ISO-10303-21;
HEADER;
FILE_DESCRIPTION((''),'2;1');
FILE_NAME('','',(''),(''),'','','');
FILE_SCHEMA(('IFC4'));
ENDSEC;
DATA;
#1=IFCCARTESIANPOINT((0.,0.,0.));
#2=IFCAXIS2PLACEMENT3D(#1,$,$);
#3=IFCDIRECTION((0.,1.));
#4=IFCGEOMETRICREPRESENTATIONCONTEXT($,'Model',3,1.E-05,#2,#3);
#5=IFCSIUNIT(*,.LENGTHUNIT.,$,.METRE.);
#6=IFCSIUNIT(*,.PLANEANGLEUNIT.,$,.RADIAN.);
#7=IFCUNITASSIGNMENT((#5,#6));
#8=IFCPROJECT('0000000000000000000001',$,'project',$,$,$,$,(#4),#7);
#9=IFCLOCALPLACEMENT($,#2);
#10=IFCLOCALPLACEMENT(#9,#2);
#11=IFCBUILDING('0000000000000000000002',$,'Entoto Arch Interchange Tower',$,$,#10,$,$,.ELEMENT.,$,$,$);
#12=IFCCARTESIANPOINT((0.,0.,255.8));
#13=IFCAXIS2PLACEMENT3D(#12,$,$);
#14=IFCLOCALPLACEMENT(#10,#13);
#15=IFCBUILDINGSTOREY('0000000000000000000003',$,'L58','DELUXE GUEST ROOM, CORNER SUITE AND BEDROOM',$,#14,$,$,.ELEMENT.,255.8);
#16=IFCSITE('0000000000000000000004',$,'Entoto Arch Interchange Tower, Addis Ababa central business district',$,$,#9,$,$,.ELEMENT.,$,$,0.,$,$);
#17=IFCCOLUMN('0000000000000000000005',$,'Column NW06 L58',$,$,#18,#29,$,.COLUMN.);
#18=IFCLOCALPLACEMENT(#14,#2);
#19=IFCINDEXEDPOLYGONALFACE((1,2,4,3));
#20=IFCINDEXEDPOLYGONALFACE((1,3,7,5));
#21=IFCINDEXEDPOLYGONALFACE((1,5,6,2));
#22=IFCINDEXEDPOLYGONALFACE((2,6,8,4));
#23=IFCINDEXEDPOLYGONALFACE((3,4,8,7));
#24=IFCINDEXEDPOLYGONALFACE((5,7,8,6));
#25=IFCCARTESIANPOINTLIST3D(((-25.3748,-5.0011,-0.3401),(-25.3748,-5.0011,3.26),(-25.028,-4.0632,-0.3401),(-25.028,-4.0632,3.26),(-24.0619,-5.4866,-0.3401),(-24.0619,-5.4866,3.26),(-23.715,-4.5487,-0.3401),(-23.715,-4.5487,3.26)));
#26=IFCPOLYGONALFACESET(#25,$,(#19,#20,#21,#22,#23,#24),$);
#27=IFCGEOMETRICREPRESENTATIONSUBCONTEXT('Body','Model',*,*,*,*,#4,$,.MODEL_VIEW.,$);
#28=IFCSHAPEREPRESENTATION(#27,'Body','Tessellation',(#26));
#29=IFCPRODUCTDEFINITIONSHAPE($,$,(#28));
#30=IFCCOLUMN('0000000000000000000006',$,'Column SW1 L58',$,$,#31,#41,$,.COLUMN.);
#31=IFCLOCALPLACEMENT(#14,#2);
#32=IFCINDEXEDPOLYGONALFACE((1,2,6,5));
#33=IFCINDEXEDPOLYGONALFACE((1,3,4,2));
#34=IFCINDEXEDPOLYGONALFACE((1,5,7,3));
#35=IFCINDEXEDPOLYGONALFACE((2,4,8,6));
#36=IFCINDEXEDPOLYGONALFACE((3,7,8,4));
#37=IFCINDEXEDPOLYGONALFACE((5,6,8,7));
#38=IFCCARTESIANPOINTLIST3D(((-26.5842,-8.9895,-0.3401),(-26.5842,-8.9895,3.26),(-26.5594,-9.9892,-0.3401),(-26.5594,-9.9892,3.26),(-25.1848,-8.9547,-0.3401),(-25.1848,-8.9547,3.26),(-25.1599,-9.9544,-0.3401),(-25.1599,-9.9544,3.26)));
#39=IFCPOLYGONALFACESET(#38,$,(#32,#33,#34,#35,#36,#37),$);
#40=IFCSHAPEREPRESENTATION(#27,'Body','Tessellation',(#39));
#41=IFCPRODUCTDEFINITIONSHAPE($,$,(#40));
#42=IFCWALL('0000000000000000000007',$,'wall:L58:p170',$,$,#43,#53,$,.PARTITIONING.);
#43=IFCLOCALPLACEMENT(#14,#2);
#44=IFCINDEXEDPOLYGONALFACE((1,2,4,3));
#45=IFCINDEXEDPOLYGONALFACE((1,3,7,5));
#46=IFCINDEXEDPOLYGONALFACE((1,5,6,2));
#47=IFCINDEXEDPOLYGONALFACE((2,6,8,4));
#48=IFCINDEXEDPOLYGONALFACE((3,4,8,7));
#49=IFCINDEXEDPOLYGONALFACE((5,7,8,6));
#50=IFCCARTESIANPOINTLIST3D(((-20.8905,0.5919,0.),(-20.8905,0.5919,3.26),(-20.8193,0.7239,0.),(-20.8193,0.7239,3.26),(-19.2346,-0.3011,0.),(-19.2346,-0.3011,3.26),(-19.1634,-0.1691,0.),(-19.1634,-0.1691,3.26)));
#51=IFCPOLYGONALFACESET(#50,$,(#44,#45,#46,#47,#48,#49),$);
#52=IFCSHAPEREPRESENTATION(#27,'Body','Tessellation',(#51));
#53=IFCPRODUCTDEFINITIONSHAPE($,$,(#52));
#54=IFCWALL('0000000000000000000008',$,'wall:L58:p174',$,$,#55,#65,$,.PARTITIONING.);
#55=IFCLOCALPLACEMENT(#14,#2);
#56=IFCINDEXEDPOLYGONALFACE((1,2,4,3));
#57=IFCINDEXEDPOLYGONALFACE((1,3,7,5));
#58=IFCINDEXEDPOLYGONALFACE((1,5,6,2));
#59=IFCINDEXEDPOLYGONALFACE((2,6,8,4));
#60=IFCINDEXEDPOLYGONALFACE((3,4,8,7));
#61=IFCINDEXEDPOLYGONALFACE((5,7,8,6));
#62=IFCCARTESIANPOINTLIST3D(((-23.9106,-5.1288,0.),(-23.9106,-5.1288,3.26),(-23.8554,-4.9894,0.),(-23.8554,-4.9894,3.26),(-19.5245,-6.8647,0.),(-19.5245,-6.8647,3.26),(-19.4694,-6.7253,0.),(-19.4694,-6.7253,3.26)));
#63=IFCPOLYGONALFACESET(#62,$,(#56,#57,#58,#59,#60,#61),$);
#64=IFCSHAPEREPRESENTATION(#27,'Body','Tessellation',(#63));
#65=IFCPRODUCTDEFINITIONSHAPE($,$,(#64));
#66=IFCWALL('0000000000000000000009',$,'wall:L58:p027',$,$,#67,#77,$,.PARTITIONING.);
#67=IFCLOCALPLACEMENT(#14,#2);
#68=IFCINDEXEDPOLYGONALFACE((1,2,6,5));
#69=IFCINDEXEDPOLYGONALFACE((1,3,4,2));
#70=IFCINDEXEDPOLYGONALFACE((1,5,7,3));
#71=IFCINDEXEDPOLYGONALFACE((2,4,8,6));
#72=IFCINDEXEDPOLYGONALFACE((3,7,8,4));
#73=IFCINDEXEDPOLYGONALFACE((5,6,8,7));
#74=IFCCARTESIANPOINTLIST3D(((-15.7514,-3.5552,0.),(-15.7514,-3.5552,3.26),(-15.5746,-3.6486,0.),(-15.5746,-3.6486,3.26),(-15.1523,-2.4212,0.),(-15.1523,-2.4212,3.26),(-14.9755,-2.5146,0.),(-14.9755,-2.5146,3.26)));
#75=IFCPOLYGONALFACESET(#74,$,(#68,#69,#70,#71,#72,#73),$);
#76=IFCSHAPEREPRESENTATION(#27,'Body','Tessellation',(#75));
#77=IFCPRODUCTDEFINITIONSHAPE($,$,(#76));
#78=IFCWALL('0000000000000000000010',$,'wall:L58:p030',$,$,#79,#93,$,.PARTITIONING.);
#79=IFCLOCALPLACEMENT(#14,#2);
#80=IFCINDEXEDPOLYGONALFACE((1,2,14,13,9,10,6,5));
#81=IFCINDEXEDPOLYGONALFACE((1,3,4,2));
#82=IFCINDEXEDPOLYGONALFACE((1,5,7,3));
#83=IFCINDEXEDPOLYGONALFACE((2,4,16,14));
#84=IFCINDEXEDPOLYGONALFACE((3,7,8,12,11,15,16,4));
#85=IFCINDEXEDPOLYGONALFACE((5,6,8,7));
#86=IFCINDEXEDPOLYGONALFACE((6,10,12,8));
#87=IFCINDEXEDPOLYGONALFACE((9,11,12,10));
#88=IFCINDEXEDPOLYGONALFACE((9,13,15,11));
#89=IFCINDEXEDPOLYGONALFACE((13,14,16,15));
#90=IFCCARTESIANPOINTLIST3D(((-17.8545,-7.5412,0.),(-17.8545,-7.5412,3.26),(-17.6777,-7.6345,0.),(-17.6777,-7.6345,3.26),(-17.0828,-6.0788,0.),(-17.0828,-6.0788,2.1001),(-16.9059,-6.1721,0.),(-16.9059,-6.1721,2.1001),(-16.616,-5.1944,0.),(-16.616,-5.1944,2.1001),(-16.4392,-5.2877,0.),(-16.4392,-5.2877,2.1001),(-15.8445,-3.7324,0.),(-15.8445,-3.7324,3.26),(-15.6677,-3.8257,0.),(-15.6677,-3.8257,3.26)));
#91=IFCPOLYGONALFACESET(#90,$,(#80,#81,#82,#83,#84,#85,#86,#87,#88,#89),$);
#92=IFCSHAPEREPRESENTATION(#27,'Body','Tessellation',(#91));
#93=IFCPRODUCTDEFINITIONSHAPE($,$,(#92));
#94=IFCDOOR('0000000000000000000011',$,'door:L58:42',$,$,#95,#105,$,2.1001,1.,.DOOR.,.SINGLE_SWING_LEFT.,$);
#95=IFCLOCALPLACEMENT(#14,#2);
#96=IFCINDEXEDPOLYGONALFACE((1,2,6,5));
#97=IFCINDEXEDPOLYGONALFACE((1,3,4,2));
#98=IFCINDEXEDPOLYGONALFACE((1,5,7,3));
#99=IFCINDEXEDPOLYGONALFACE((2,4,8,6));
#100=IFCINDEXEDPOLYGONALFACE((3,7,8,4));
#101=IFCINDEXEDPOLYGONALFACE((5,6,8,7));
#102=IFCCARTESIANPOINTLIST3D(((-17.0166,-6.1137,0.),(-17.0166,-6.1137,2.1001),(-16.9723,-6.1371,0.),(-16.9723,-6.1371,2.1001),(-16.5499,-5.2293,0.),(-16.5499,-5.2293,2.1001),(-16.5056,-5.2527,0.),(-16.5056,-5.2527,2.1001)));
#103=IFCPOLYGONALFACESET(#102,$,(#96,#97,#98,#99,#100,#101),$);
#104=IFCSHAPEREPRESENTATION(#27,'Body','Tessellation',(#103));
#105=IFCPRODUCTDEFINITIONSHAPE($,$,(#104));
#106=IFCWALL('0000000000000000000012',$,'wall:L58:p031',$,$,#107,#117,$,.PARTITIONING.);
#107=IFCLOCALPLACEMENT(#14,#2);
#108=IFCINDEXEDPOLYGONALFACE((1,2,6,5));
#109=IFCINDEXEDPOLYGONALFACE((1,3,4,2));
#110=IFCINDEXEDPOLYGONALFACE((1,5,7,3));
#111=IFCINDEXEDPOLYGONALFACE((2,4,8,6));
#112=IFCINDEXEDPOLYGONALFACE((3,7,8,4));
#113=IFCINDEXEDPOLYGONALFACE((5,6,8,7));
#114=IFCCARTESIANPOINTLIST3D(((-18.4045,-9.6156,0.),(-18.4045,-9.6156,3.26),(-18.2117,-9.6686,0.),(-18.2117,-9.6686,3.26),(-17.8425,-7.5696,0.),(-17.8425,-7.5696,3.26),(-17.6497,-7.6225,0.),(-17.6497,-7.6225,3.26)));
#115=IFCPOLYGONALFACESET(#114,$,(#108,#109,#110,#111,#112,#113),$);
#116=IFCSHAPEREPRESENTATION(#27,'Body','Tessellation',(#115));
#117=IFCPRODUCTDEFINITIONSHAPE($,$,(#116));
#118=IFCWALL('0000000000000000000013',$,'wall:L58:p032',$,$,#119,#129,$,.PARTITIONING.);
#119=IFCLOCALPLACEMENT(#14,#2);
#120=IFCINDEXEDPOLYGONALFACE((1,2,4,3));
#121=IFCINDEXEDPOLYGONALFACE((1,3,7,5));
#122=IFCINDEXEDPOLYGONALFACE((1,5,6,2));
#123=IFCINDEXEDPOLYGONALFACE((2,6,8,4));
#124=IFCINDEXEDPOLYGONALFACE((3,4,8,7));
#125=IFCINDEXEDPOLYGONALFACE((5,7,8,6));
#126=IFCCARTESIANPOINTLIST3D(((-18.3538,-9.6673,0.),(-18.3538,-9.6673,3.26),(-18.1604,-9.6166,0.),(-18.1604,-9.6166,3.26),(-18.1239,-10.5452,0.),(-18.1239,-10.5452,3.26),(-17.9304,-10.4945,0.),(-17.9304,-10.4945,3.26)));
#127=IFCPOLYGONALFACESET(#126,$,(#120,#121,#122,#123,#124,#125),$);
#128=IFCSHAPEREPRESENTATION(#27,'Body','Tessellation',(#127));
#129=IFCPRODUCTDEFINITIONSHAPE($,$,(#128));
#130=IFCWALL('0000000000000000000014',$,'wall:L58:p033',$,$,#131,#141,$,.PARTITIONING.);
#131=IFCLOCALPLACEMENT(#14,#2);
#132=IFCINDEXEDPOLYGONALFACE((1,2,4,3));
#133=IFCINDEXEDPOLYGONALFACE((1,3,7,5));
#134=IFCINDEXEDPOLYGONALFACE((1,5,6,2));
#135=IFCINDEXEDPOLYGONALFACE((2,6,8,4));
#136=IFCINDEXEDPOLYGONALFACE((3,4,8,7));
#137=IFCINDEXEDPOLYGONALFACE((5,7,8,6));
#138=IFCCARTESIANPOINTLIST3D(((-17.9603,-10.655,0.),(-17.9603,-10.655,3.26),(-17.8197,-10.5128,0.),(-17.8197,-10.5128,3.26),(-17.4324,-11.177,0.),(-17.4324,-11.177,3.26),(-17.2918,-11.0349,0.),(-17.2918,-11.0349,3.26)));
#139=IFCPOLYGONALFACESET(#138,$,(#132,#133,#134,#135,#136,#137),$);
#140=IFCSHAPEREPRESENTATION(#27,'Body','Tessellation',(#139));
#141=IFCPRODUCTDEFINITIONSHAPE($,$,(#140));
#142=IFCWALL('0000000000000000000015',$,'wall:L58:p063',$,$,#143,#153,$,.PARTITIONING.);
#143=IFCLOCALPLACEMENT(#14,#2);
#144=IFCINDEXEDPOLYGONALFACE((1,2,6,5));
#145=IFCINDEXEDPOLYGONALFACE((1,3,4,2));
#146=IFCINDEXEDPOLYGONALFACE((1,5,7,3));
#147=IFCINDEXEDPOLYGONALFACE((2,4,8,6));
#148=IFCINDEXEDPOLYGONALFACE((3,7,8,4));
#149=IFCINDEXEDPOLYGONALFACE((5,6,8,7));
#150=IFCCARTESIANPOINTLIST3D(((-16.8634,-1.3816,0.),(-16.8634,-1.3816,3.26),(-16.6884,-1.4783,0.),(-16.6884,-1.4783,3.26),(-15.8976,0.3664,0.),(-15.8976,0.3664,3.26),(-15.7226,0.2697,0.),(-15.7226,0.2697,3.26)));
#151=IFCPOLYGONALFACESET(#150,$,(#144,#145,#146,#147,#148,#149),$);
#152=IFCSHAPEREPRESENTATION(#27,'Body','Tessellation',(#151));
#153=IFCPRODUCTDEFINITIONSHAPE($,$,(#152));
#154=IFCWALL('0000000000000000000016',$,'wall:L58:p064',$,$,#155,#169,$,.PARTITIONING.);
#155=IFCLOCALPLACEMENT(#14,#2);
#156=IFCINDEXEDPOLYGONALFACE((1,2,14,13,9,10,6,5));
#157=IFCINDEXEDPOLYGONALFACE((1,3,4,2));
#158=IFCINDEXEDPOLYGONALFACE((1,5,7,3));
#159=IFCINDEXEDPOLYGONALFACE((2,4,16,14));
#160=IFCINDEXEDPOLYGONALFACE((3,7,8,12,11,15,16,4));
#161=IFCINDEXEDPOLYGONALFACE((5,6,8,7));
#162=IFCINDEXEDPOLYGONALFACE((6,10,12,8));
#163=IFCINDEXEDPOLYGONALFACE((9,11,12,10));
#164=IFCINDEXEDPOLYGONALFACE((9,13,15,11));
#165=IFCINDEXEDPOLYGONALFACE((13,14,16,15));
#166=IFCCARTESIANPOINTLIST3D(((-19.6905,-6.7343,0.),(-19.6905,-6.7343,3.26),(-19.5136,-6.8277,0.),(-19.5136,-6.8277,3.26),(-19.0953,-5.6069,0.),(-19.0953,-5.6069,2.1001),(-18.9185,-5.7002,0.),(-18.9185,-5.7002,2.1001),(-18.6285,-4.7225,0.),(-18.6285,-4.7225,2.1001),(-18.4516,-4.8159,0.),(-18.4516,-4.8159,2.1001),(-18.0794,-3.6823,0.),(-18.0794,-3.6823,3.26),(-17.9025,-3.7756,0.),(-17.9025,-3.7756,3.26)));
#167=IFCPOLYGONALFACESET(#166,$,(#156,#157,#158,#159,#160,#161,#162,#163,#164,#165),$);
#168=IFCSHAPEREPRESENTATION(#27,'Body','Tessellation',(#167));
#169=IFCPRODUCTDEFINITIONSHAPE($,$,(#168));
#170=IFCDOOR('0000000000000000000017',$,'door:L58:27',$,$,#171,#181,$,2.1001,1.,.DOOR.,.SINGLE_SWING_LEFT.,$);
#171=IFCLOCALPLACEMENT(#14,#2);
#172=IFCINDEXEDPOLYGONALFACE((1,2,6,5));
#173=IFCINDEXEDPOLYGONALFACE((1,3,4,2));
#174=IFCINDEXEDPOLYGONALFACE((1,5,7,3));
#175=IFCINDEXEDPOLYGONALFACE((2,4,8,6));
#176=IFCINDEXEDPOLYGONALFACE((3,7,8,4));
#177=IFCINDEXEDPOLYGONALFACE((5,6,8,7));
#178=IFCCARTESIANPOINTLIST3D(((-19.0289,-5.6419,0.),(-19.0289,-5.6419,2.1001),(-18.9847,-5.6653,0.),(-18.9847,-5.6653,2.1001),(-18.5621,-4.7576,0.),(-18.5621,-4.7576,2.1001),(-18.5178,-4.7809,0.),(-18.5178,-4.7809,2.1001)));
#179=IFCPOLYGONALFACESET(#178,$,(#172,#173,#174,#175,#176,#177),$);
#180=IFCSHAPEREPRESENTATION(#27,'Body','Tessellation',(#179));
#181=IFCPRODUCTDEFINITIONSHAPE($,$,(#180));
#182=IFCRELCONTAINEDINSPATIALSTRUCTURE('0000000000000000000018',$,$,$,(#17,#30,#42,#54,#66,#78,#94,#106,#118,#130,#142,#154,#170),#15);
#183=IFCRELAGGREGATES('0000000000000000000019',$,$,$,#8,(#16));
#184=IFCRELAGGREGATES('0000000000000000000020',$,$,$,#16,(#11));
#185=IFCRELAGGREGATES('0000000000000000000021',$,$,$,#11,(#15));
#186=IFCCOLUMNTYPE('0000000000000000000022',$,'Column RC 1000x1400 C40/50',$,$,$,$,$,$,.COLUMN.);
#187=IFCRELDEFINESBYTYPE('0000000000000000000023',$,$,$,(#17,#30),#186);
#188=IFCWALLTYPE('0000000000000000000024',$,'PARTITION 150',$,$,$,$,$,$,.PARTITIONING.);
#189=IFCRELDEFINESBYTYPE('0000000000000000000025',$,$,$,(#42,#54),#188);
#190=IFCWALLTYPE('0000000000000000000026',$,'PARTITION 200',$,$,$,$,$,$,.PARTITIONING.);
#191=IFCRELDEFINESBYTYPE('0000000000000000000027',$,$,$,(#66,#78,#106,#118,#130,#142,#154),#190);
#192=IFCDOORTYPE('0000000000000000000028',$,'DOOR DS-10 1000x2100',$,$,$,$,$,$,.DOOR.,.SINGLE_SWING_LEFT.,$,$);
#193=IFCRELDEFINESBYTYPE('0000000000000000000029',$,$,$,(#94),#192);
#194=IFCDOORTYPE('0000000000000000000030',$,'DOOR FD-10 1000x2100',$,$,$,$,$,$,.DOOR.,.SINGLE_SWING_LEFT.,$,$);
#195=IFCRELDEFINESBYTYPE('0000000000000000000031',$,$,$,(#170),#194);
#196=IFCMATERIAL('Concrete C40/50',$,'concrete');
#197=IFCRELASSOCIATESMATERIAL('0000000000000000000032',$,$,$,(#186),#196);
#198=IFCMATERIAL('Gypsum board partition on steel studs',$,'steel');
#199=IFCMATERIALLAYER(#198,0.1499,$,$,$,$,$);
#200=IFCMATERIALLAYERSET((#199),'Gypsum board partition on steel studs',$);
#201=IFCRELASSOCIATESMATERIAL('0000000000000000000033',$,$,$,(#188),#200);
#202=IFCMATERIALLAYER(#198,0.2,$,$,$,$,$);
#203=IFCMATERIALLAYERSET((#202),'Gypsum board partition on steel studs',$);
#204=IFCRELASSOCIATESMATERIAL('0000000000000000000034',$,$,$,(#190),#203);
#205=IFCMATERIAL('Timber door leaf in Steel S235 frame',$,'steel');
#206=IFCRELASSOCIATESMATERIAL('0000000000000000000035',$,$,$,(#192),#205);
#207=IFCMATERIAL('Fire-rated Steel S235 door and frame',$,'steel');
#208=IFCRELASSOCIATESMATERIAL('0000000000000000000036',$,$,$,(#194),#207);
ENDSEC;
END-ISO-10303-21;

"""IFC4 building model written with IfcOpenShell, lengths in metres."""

from ifc_helpers import new_model, si_unit, direction, frame, frame_2d, origin, origin_2d, place, context, subcontext, project, spatial, rectangle, extrude, material, layer, layer_set, material_profile, profile_set, type_object, element, fill, save


model = new_model("IFC4")

# Units and contexts
model_context = context("Model", 3, precision=1e-05, world=origin(), true_north=direction((0.0, 1.0)))
body_context = subcontext(model_context, "Body", "Model", "MODEL_VIEW")
ifc_project = project(units=[si_unit("LENGTHUNIT", "METRE"), si_unit("PLANEANGLEUNIT", "RADIAN")], contexts=[model_context])

# Site, building, storey
site_placement = place(None, origin())
site = spatial("IfcSite", under=ifc_project, at=site_placement, Name="Entoto Arch Interchange Tower, Addis Ababa central business district", CompositionType="ELEMENT", RefElevation=0.0)
building_placement = place(site_placement, origin())
building = spatial("IfcBuilding", under=site, at=building_placement, Name="Entoto Arch Interchange Tower", CompositionType="ELEMENT")
storey_placement = place(building_placement, frame((0.0, 0.0, 255.8)))
storey = spatial("IfcBuildingStorey", under=building, at=storey_placement, Name="L58", Description="DELUXE GUEST ROOM, CORNER SUITE AND BEDROOM", CompositionType="ELEMENT", Elevation=255.8)

# Columns
ifc_material_1 = material(Name="Concrete C40/50", Category="concrete")
ifc_material_profile = material_profile(ifc_material_1, rectangle(XDim=1.0, YDim=1.3999, at=origin_2d()))
ifc_profile_set = profile_set([ifc_material_profile], Name="Concrete C40/50")
column_type = type_object("IfcColumnType", Name="Column RC 1000x1400 C40/50", PredefinedType="COLUMN", material=ifc_profile_set)
for number, where, z_axis, x_axis, name in (
    (1, (-24.5449, -4.7749, -0.3401), (0.0, 0.0, 1.0), (0.346854, 0.937919, 0.0), "Column NW06 L58"),
    (2, (-25.8721, -9.4719, -0.3401), (0.0, 0.0, 1.0), (-0.024833, 0.999692, 0.0), "Column SW1 L58"),
):
    element("IfcColumn", number, at=place(storey_placement, frame(where, z_axis=z_axis, x_axis=x_axis)), inside=storey, type_object=column_type, Name=name, PredefinedType="COLUMN", context=body_context, shape_type="SweptSolid", body=[
        extrude(rectangle(XDim=1.0, YDim=1.3999, at=origin_2d()), origin(), (0.0, 0.0, 1.0), 3.6001),
    ])

# Walls
ifc_material_2 = material(Name="Gypsum board partition on steel studs", Category="steel")
ifc_layer_1 = layer(ifc_material_2, 0.1499)
ifc_layer_set_1 = layer_set([ifc_layer_1], Name="Gypsum board partition on steel studs")
wall_type_1 = type_object("IfcWallType", Name="PARTITION 150", PredefinedType="PARTITIONING", material=ifc_layer_set_1)
wall_1_placement = place(storey_placement, frame((-19.199, -0.2351, 0.0), z_axis=(0.0, 0.0, 1.0), x_axis=(-0.880167, 0.474665, 0.0)))
element("IfcWall", 3, at=wall_1_placement, inside=storey, type_object=wall_type_1, Name="wall:L58:p170", PredefinedType="PARTITIONING", context=body_context, shape_type="SweptSolid", body=[
    extrude(rectangle(XDim=1.8813, YDim=0.1499, at=frame_2d((0.9407, 0.0))), origin(), (0.0, 0.0, 1.0), 3.26),
])
wall_2_placement = place(storey_placement, frame((-19.4971, -6.7949, 0.0), z_axis=(0.0, 0.0, 1.0), x_axis=(-0.929827, 0.367997, 0.0)))
element("IfcWall", 4, at=wall_2_placement, inside=storey, type_object=wall_type_1, Name="wall:L58:p174", PredefinedType="PARTITIONING", context=body_context, shape_type="SweptSolid", body=[
    extrude(rectangle(XDim=4.717, YDim=0.1499, at=frame_2d((2.3584, 0.0))), origin(), (0.0, 0.0, 1.0), 3.26),
])
ifc_layer_2 = layer(ifc_material_2, 0.2)
ifc_layer_set_2 = layer_set([ifc_layer_2], Name="Gypsum board partition on steel studs")
wall_type_2 = type_object("IfcWallType", Name="PARTITION 200", PredefinedType="PARTITIONING", material=ifc_layer_set_2)
wall_3_placement = place(storey_placement, frame((-15.064, -2.468, 0.0), z_axis=(0.0, 0.0, 1.0), x_axis=(-0.467127, -0.88419, 0.0)))
element("IfcWall", 5, at=wall_3_placement, inside=storey, type_object=wall_type_2, Name="wall:L58:p027", PredefinedType="PARTITIONING", context=body_context, shape_type="SweptSolid", body=[
    extrude(rectangle(XDim=1.2825, YDim=0.2, at=frame_2d((0.6411, 0.0))), origin(), (0.0, 0.0, 1.0), 3.26),
])

# Wall, opening, door
wall_4_placement = place(storey_placement, frame((-15.7561, -3.7791, 0.0), z_axis=(0.0, 0.0, 1.0), x_axis=(-0.46672, -0.884405, 0.0)))
wall_4 = element("IfcWall", 6, at=wall_4_placement, inside=storey, type_object=wall_type_2, Name="wall:L58:p030", PredefinedType="PARTITIONING", context=body_context, shape_type="SweptSolid", body=[
    extrude(rectangle(XDim=4.3066, YDim=0.2, at=frame_2d((2.1533, 0.0))), origin(), (0.0, 0.0, 1.0), 3.26),
])
opening_1_placement = place(wall_4_placement, frame((1.6531, 0.0, 0.0)))
opening_1 = element("IfcOpeningElement", 7, at=opening_1_placement, cuts=wall_4, PredefinedType="OPENING", context=body_context, shape_type="SweptSolid", body=[
    extrude(rectangle(XDim=1.0, YDim=2.1001, at=frame_2d((0.5, 1.05))), frame((0.0, 0.1099, 0.0), z_axis=(0.0, -1.0, 0.0), x_axis=(1.0, 0.0, 0.0)), (0.0, 0.0, 1.0), 0.22),
])
ifc_material_3 = material(Name="Timber door leaf in Steel S235 frame", Category="steel")
door_type_1 = type_object("IfcDoorType", Name="DOOR DS-10 1000x2100", OperationType="SINGLE_SWING_LEFT", PredefinedType="DOOR", material=ifc_material_3)
door_1_placement = place(opening_1_placement, origin())
door_1 = element("IfcDoor", 8, at=door_1_placement, inside=storey, type_object=door_type_1, Name="door:L58:42", OperationType="SINGLE_SWING_LEFT", OverallHeight=2.1001, OverallWidth=1.0, PredefinedType="DOOR", context=body_context, shape_type="SweptSolid", body=[
    extrude(rectangle(XDim=1.0, YDim=2.1001, at=frame_2d((0.5, 1.05))), frame((0.0, 0.0249, 0.0), z_axis=(0.0, -1.0, 0.0), x_axis=(1.0, 0.0, 0.0)), (0.0, 0.0, 1.0), 0.05),
])
fill(opening_1, door_1)

# Walls
wall_5_placement = place(storey_placement, frame((-17.7461, -7.5959, 0.0), z_axis=(0.0, 0.0, 1.0), x_axis=(-0.26486, -0.964287, 0.0)))
element("IfcWall", 9, at=wall_5_placement, inside=storey, type_object=wall_type_2, Name="wall:L58:p031", PredefinedType="PARTITIONING", context=body_context, shape_type="SweptSolid", body=[
    extrude(rectangle(XDim=2.1218, YDim=0.2, at=frame_2d((1.061, 0.0))), origin(), (0.0, 0.0, 1.0), 3.26),
])
wall_6_placement = place(storey_placement, frame((-18.2571, -9.6421, 0.0), z_axis=(0.0, 0.0, 1.0), x_axis=(0.253407, -0.96736, 0.0)))
element("IfcWall", 10, at=wall_6_placement, inside=storey, type_object=wall_type_2, Name="wall:L58:p032", PredefinedType="PARTITIONING", context=body_context, shape_type="SweptSolid", body=[
    extrude(rectangle(XDim=0.9075, YDim=0.2, at=frame_2d((0.4536, 0.0))), origin(), (0.0, 0.0, 1.0), 3.26),
])
wall_7_placement = place(storey_placement, frame((-17.8899, -10.584, 0.0), z_axis=(0.0, 0.0, 1.0), x_axis=(0.711042, -0.703149, 0.0)))
element("IfcWall", 11, at=wall_7_placement, inside=storey, type_object=wall_type_2, Name="wall:L58:p033", PredefinedType="PARTITIONING", context=body_context, shape_type="SweptSolid", body=[
    extrude(rectangle(XDim=0.7424, YDim=0.2, at=frame_2d((0.3711, 0.0))), origin(), (0.0, 0.0, 1.0), 3.26),
])
wall_8_placement = place(storey_placement, frame((-16.7759, -1.4299, 0.0), z_axis=(0.0, 0.0, 1.0), x_axis=(0.483607, 0.875285, 0.0)))
element("IfcWall", 12, at=wall_8_placement, inside=storey, type_object=wall_type_2, Name="wall:L58:p063", PredefinedType="PARTITIONING", context=body_context, shape_type="SweptSolid", body=[
    extrude(rectangle(XDim=1.9971, YDim=0.2, at=frame_2d((0.9985, 0.0))), origin(), (0.0, 0.0, 1.0), 3.26),
])

# Wall, opening, door
wall_9_placement = place(storey_placement, frame((-19.6021, -6.781, 0.0), z_axis=(0.0, 0.0, 1.0), x_axis=(0.466828, 0.884348, 0.0)))
wall_9 = element("IfcWall", 13, at=wall_9_placement, inside=storey, type_object=wall_type_2, Name="wall:L58:p064", PredefinedType="PARTITIONING", context=body_context, shape_type="SweptSolid", body=[
    extrude(rectangle(XDim=3.4512, YDim=0.2, at=frame_2d((1.7256, 0.0))), origin(), (0.0, 0.0, 1.0), 3.26),
])
opening_2_placement = place(wall_9_placement, frame((1.2749, 0.0, 0.0)))
opening_2 = element("IfcOpeningElement", 14, at=opening_2_placement, cuts=wall_9, PredefinedType="OPENING", context=body_context, shape_type="SweptSolid", body=[
    extrude(rectangle(XDim=1.0, YDim=2.1001, at=frame_2d((0.5, 1.05))), frame((0.0, 0.1099, 0.0), z_axis=(0.0, -1.0, 0.0), x_axis=(1.0, 0.0, 0.0)), (0.0, 0.0, 1.0), 0.22),
])
ifc_material_4 = material(Name="Fire-rated Steel S235 door and frame", Category="steel")
door_type_2 = type_object("IfcDoorType", Name="DOOR FD-10 1000x2100", OperationType="SINGLE_SWING_LEFT", PredefinedType="DOOR", material=ifc_material_4)
door_2_placement = place(opening_2_placement, origin())
door_2 = element("IfcDoor", 15, at=door_2_placement, inside=storey, type_object=door_type_2, Name="door:L58:27", OperationType="SINGLE_SWING_LEFT", OverallHeight=2.1001, OverallWidth=1.0, PredefinedType="DOOR", context=body_context, shape_type="SweptSolid", body=[
    extrude(rectangle(XDim=1.0, YDim=2.1001, at=frame_2d((0.5, 1.05))), frame((0.0, 0.0249, 0.0), z_axis=(0.0, -1.0, 0.0), x_axis=(1.0, 0.0, 0.0)), (0.0, 0.0, 1.0), 0.05),
])
fill(opening_2, door_2)

save(model, "model.ifc")
